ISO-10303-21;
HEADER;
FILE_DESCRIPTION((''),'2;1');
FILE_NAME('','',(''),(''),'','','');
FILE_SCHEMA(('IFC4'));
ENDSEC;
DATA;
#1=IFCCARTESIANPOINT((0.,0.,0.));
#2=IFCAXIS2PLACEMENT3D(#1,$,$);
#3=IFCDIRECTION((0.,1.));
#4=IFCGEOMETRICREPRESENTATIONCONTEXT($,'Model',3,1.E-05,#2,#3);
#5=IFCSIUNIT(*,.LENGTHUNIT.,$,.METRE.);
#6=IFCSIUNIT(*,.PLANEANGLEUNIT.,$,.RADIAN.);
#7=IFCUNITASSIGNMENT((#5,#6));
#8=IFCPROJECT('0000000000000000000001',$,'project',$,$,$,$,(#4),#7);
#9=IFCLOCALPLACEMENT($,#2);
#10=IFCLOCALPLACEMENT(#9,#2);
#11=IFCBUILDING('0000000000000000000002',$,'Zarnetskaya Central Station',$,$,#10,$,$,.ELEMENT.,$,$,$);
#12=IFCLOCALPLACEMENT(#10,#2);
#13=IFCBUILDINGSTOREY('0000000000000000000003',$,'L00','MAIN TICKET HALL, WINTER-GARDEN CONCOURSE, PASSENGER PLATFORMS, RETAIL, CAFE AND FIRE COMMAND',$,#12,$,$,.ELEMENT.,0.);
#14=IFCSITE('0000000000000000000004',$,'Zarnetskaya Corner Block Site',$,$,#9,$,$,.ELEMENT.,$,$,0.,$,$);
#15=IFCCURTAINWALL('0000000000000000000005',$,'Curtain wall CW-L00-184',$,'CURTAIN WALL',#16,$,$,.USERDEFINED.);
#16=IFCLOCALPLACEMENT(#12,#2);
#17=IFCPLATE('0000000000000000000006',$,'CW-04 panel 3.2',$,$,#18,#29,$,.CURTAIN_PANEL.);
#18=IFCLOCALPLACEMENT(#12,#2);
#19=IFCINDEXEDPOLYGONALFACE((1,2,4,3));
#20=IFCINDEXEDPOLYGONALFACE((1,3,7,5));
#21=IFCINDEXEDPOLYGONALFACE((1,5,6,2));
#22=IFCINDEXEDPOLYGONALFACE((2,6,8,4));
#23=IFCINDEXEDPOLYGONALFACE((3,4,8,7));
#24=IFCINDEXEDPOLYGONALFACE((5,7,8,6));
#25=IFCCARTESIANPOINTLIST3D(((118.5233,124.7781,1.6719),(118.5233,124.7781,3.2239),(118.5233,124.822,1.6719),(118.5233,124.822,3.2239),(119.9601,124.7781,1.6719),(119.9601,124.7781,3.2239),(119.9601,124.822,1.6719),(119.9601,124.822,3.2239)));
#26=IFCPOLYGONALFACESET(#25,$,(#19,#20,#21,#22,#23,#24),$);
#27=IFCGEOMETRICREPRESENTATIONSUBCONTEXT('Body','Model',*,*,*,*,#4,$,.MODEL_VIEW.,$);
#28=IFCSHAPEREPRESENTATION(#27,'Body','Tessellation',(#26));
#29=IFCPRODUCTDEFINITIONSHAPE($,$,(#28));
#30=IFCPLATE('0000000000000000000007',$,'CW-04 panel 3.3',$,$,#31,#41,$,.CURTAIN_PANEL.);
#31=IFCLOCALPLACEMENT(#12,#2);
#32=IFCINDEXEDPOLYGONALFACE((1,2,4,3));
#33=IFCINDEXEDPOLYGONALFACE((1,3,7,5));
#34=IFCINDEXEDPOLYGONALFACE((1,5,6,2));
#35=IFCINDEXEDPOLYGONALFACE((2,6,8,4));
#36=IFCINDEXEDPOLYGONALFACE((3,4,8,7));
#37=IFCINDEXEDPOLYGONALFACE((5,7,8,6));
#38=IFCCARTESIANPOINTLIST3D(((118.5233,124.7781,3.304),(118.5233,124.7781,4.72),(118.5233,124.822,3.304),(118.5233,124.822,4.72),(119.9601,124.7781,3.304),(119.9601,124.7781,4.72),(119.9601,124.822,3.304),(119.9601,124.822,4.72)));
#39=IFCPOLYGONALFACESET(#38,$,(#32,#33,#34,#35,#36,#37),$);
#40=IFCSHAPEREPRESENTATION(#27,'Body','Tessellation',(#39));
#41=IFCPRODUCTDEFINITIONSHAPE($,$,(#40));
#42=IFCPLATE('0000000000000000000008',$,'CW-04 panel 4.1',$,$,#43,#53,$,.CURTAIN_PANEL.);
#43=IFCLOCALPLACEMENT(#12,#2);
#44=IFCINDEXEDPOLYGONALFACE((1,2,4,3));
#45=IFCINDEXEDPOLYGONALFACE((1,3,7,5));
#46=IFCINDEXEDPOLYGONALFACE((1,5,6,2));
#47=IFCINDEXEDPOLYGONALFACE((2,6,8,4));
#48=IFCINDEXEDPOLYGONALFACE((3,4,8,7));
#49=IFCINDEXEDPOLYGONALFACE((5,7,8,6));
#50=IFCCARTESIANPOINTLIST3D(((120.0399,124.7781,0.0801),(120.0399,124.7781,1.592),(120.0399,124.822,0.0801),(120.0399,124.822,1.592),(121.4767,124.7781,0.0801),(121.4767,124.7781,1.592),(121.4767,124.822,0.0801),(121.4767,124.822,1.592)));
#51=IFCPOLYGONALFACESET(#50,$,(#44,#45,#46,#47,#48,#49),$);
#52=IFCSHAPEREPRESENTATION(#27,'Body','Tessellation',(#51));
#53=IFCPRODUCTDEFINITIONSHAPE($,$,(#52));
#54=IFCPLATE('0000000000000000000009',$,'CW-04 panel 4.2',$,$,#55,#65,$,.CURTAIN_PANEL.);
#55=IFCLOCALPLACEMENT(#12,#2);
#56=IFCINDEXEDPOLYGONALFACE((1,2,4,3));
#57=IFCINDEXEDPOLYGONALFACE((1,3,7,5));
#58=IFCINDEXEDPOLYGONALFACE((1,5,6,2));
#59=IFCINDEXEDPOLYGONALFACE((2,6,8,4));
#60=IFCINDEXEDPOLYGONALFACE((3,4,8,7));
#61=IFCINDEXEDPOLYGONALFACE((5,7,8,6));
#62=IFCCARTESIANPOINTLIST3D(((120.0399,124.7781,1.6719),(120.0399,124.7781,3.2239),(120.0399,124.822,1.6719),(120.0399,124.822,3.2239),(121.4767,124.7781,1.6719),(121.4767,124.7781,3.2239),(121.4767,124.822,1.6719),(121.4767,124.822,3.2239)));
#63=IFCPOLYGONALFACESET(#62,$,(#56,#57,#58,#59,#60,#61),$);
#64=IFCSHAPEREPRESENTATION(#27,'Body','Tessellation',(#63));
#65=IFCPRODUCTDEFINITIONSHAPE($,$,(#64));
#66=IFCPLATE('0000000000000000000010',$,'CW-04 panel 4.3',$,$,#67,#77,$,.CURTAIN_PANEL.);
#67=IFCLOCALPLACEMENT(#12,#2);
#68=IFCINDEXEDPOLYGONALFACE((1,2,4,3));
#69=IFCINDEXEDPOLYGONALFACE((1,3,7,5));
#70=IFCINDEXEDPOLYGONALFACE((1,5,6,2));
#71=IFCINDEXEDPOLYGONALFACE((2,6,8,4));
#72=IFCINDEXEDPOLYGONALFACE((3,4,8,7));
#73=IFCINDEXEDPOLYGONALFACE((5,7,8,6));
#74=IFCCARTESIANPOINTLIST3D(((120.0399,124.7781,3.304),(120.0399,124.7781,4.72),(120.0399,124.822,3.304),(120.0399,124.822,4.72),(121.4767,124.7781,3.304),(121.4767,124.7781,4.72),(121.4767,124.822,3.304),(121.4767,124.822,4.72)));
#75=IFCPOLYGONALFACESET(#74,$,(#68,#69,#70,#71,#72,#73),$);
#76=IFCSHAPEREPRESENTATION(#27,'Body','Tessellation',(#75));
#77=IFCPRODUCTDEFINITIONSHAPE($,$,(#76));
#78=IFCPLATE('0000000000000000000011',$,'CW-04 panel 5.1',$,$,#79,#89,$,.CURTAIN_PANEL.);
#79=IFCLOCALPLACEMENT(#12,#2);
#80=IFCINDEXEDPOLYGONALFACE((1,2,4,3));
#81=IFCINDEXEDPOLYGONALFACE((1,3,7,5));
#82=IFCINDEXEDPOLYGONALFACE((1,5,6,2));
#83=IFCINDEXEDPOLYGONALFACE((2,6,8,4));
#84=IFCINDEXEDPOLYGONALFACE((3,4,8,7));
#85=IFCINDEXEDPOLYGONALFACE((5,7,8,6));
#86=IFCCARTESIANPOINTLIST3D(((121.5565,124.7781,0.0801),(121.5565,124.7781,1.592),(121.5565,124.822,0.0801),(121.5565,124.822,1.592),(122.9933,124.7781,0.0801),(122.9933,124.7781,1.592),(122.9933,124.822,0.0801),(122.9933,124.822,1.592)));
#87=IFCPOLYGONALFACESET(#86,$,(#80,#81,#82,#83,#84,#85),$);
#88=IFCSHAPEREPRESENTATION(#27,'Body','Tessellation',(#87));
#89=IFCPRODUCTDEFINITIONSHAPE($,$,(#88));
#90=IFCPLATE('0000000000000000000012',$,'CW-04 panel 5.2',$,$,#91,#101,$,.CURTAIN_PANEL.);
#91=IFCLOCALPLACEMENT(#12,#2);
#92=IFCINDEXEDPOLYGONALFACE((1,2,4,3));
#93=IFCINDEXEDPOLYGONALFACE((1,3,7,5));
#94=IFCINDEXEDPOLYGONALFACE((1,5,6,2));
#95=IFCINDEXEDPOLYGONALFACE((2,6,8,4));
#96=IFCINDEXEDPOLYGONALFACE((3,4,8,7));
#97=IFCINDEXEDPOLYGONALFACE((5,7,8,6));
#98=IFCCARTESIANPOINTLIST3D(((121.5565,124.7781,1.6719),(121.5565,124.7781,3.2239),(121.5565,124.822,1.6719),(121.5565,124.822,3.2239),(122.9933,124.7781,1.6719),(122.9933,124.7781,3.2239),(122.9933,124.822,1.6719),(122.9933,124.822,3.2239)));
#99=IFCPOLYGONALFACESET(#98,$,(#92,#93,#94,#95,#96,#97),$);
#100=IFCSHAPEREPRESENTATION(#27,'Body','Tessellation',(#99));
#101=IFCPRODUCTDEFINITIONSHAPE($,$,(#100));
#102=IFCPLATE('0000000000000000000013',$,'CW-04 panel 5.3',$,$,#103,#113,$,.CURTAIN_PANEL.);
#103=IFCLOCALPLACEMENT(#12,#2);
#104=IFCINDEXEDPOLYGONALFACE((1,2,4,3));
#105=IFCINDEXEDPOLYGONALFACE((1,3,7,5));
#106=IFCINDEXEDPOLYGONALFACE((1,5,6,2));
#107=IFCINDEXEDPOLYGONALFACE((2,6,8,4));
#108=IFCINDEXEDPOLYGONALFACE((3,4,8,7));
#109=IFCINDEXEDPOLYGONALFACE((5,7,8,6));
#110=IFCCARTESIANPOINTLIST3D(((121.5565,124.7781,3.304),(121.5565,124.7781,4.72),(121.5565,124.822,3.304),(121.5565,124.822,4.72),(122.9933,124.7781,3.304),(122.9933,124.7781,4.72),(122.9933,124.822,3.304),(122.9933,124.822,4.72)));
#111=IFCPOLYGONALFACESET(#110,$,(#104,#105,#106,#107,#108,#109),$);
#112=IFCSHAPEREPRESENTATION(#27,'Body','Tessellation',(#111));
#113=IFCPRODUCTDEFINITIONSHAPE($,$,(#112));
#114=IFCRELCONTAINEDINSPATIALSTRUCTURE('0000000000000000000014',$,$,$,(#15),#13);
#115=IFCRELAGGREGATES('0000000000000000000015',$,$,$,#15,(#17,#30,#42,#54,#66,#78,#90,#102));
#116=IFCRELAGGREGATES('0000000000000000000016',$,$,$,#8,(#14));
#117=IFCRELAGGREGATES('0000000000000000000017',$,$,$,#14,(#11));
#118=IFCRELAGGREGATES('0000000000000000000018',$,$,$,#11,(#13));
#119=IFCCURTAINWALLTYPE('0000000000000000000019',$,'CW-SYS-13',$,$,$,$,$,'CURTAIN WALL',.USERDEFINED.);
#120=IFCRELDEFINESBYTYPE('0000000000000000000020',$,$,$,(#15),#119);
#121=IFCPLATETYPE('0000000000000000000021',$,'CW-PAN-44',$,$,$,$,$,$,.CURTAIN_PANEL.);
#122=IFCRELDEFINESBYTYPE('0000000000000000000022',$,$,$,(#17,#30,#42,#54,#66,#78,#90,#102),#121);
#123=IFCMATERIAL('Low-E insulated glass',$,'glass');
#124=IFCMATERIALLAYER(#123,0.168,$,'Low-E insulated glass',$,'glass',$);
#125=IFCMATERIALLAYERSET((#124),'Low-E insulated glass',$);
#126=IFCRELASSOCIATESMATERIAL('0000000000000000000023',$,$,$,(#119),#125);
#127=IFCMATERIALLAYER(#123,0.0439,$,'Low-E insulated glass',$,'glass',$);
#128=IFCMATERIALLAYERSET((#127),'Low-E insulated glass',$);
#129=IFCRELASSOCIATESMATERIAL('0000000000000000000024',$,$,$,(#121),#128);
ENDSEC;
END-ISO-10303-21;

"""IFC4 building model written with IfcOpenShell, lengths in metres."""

from ifc_helpers import new_model, si_unit, direction, frame, origin, origin_2d, place, context, subcontext, project, spatial, rectangle, extrude, material, layer, layer_set, type_object, element, aggregate, save


model = new_model("IFC4")

# Units and contexts
model_context = context("Model", 3, precision=1e-05, world=origin(), true_north=direction((0.0, 1.0)))
body_context = subcontext(model_context, "Body", "Model", "MODEL_VIEW")
ifc_project = project(units=[si_unit("LENGTHUNIT", "METRE"), si_unit("PLANEANGLEUNIT", "RADIAN")], contexts=[model_context])

# Site, building, storey
site_placement = place(None, origin())
site = spatial("IfcSite", under=ifc_project, at=site_placement, Name="Zarnetskaya Corner Block Site", CompositionType="ELEMENT", RefElevation=0.0)
building_placement = place(site_placement, origin())
building = spatial("IfcBuilding", under=site, at=building_placement, Name="Zarnetskaya Central Station", CompositionType="ELEMENT")
storey_placement = place(building_placement, origin())
storey = spatial("IfcBuildingStorey", under=building, at=storey_placement, Name="L00", Description="MAIN TICKET HALL, WINTER-GARDEN CONCOURSE, PASSENGER PLATFORMS, RETAIL, CAFE AND FIRE COMMAND", CompositionType="ELEMENT", Elevation=0.0)

# Curtain wall, plates
ifc_material_1 = material(Name="Low-E insulated glass", Category="glass")
ifc_layer_1 = layer(ifc_material_1, 0.168, Name="Low-E insulated glass", Category="glass")
ifc_layer_set_1 = layer_set([ifc_layer_1], Name="Low-E insulated glass")
curtain_wall_type = type_object("IfcCurtainWallType", Name="CW-SYS-13", ElementType="CURTAIN WALL", PredefinedType="USERDEFINED", material=ifc_layer_set_1)
curtain_wall_placement = place(storey_placement, origin())
curtain_wall = element("IfcCurtainWall", 1, at=curtain_wall_placement, inside=storey, type_object=curtain_wall_type, Name="Curtain wall CW-L00-184", ObjectType="CURTAIN WALL", PredefinedType="USERDEFINED")
ifc_layer_2 = layer(ifc_material_1, 0.0439, Name="Low-E insulated glass", Category="glass")
ifc_layer_set_2 = layer_set([ifc_layer_2], Name="Low-E insulated glass")
plate_type = type_object("IfcPlateType", Name="CW-PAN-44", PredefinedType="CURTAIN_PANEL", material=ifc_layer_set_2)
plate_1_placement = place(storey_placement, frame((119.2417, 124.8, 1.6719), z_axis=(0.0, 0.0, 1.0), x_axis=(1.0, 0.0, 0.0)))
plate_1 = element("IfcPlate", 2, at=plate_1_placement, type_object=plate_type, Name="CW-04 panel 3.2", PredefinedType="CURTAIN_PANEL", context=body_context, shape_type="SweptSolid", body=[
    extrude(rectangle(XDim=1.4368, YDim=0.0439, at=origin_2d()), origin(), (0.0, 0.0, 1.0), 1.552),
])
plate_2_placement = place(storey_placement, frame((119.2417, 124.8, 3.304), z_axis=(0.0, 0.0, 1.0), x_axis=(1.0, 0.0, 0.0)))
plate_2 = element("IfcPlate", 3, at=plate_2_placement, type_object=plate_type, Name="CW-04 panel 3.3", PredefinedType="CURTAIN_PANEL", context=body_context, shape_type="SweptSolid", body=[
    extrude(rectangle(XDim=1.4368, YDim=0.0439, at=origin_2d()), origin(), (0.0, 0.0, 1.0), 1.416),
])
plate_3_placement = place(storey_placement, frame((120.7583, 124.8, 0.0801), z_axis=(0.0, 0.0, 1.0), x_axis=(1.0, 0.0, 0.0)))
plate_3 = element("IfcPlate", 4, at=plate_3_placement, type_object=plate_type, Name="CW-04 panel 4.1", PredefinedType="CURTAIN_PANEL", context=body_context, shape_type="SweptSolid", body=[
    extrude(rectangle(XDim=1.4368, YDim=0.0439, at=origin_2d()), origin(), (0.0, 0.0, 1.0), 1.512),
])
plate_4_placement = place(storey_placement, frame((120.7583, 124.8, 1.6719), z_axis=(0.0, 0.0, 1.0), x_axis=(1.0, 0.0, 0.0)))
plate_4 = element("IfcPlate", 5, at=plate_4_placement, type_object=plate_type, Name="CW-04 panel 4.2", PredefinedType="CURTAIN_PANEL", context=body_context, shape_type="SweptSolid", body=[
    extrude(rectangle(XDim=1.4368, YDim=0.0439, at=origin_2d()), origin(), (0.0, 0.0, 1.0), 1.552),
])
plate_5_placement = place(storey_placement, frame((120.7583, 124.8, 3.304), z_axis=(0.0, 0.0, 1.0), x_axis=(1.0, 0.0, 0.0)))
plate_5 = element("IfcPlate", 6, at=plate_5_placement, type_object=plate_type, Name="CW-04 panel 4.3", PredefinedType="CURTAIN_PANEL", context=body_context, shape_type="SweptSolid", body=[
    extrude(rectangle(XDim=1.4368, YDim=0.0439, at=origin_2d()), origin(), (0.0, 0.0, 1.0), 1.416),
])
plate_6_placement = place(storey_placement, frame((122.2749, 124.8, 0.0801), z_axis=(0.0, 0.0, 1.0), x_axis=(1.0, 0.0, 0.0)))
plate_6 = element("IfcPlate", 7, at=plate_6_placement, type_object=plate_type, Name="CW-04 panel 5.1", PredefinedType="CURTAIN_PANEL", context=body_context, shape_type="SweptSolid", body=[
    extrude(rectangle(XDim=1.4368, YDim=0.0439, at=origin_2d()), origin(), (0.0, 0.0, 1.0), 1.512),
])
plate_7_placement = place(storey_placement, frame((122.2749, 124.8, 1.6719), z_axis=(0.0, 0.0, 1.0), x_axis=(1.0, 0.0, 0.0)))
plate_7 = element("IfcPlate", 8, at=plate_7_placement, type_object=plate_type, Name="CW-04 panel 5.2", PredefinedType="CURTAIN_PANEL", context=body_context, shape_type="SweptSolid", body=[
    extrude(rectangle(XDim=1.4368, YDim=0.0439, at=origin_2d()), origin(), (0.0, 0.0, 1.0), 1.552),
])
plate_8_placement = place(storey_placement, frame((122.2749, 124.8, 3.304), z_axis=(0.0, 0.0, 1.0), x_axis=(1.0, 0.0, 0.0)))
plate_8 = element("IfcPlate", 9, at=plate_8_placement, type_object=plate_type, Name="CW-04 panel 5.3", PredefinedType="CURTAIN_PANEL", context=body_context, shape_type="SweptSolid", body=[
    extrude(rectangle(XDim=1.4368, YDim=0.0439, at=origin_2d()), origin(), (0.0, 0.0, 1.0), 1.416),
])
aggregate(curtain_wall, [plate_1, plate_2, plate_3, plate_4, plate_5, plate_6, plate_7, plate_8])

save(model, "model.ifc")
